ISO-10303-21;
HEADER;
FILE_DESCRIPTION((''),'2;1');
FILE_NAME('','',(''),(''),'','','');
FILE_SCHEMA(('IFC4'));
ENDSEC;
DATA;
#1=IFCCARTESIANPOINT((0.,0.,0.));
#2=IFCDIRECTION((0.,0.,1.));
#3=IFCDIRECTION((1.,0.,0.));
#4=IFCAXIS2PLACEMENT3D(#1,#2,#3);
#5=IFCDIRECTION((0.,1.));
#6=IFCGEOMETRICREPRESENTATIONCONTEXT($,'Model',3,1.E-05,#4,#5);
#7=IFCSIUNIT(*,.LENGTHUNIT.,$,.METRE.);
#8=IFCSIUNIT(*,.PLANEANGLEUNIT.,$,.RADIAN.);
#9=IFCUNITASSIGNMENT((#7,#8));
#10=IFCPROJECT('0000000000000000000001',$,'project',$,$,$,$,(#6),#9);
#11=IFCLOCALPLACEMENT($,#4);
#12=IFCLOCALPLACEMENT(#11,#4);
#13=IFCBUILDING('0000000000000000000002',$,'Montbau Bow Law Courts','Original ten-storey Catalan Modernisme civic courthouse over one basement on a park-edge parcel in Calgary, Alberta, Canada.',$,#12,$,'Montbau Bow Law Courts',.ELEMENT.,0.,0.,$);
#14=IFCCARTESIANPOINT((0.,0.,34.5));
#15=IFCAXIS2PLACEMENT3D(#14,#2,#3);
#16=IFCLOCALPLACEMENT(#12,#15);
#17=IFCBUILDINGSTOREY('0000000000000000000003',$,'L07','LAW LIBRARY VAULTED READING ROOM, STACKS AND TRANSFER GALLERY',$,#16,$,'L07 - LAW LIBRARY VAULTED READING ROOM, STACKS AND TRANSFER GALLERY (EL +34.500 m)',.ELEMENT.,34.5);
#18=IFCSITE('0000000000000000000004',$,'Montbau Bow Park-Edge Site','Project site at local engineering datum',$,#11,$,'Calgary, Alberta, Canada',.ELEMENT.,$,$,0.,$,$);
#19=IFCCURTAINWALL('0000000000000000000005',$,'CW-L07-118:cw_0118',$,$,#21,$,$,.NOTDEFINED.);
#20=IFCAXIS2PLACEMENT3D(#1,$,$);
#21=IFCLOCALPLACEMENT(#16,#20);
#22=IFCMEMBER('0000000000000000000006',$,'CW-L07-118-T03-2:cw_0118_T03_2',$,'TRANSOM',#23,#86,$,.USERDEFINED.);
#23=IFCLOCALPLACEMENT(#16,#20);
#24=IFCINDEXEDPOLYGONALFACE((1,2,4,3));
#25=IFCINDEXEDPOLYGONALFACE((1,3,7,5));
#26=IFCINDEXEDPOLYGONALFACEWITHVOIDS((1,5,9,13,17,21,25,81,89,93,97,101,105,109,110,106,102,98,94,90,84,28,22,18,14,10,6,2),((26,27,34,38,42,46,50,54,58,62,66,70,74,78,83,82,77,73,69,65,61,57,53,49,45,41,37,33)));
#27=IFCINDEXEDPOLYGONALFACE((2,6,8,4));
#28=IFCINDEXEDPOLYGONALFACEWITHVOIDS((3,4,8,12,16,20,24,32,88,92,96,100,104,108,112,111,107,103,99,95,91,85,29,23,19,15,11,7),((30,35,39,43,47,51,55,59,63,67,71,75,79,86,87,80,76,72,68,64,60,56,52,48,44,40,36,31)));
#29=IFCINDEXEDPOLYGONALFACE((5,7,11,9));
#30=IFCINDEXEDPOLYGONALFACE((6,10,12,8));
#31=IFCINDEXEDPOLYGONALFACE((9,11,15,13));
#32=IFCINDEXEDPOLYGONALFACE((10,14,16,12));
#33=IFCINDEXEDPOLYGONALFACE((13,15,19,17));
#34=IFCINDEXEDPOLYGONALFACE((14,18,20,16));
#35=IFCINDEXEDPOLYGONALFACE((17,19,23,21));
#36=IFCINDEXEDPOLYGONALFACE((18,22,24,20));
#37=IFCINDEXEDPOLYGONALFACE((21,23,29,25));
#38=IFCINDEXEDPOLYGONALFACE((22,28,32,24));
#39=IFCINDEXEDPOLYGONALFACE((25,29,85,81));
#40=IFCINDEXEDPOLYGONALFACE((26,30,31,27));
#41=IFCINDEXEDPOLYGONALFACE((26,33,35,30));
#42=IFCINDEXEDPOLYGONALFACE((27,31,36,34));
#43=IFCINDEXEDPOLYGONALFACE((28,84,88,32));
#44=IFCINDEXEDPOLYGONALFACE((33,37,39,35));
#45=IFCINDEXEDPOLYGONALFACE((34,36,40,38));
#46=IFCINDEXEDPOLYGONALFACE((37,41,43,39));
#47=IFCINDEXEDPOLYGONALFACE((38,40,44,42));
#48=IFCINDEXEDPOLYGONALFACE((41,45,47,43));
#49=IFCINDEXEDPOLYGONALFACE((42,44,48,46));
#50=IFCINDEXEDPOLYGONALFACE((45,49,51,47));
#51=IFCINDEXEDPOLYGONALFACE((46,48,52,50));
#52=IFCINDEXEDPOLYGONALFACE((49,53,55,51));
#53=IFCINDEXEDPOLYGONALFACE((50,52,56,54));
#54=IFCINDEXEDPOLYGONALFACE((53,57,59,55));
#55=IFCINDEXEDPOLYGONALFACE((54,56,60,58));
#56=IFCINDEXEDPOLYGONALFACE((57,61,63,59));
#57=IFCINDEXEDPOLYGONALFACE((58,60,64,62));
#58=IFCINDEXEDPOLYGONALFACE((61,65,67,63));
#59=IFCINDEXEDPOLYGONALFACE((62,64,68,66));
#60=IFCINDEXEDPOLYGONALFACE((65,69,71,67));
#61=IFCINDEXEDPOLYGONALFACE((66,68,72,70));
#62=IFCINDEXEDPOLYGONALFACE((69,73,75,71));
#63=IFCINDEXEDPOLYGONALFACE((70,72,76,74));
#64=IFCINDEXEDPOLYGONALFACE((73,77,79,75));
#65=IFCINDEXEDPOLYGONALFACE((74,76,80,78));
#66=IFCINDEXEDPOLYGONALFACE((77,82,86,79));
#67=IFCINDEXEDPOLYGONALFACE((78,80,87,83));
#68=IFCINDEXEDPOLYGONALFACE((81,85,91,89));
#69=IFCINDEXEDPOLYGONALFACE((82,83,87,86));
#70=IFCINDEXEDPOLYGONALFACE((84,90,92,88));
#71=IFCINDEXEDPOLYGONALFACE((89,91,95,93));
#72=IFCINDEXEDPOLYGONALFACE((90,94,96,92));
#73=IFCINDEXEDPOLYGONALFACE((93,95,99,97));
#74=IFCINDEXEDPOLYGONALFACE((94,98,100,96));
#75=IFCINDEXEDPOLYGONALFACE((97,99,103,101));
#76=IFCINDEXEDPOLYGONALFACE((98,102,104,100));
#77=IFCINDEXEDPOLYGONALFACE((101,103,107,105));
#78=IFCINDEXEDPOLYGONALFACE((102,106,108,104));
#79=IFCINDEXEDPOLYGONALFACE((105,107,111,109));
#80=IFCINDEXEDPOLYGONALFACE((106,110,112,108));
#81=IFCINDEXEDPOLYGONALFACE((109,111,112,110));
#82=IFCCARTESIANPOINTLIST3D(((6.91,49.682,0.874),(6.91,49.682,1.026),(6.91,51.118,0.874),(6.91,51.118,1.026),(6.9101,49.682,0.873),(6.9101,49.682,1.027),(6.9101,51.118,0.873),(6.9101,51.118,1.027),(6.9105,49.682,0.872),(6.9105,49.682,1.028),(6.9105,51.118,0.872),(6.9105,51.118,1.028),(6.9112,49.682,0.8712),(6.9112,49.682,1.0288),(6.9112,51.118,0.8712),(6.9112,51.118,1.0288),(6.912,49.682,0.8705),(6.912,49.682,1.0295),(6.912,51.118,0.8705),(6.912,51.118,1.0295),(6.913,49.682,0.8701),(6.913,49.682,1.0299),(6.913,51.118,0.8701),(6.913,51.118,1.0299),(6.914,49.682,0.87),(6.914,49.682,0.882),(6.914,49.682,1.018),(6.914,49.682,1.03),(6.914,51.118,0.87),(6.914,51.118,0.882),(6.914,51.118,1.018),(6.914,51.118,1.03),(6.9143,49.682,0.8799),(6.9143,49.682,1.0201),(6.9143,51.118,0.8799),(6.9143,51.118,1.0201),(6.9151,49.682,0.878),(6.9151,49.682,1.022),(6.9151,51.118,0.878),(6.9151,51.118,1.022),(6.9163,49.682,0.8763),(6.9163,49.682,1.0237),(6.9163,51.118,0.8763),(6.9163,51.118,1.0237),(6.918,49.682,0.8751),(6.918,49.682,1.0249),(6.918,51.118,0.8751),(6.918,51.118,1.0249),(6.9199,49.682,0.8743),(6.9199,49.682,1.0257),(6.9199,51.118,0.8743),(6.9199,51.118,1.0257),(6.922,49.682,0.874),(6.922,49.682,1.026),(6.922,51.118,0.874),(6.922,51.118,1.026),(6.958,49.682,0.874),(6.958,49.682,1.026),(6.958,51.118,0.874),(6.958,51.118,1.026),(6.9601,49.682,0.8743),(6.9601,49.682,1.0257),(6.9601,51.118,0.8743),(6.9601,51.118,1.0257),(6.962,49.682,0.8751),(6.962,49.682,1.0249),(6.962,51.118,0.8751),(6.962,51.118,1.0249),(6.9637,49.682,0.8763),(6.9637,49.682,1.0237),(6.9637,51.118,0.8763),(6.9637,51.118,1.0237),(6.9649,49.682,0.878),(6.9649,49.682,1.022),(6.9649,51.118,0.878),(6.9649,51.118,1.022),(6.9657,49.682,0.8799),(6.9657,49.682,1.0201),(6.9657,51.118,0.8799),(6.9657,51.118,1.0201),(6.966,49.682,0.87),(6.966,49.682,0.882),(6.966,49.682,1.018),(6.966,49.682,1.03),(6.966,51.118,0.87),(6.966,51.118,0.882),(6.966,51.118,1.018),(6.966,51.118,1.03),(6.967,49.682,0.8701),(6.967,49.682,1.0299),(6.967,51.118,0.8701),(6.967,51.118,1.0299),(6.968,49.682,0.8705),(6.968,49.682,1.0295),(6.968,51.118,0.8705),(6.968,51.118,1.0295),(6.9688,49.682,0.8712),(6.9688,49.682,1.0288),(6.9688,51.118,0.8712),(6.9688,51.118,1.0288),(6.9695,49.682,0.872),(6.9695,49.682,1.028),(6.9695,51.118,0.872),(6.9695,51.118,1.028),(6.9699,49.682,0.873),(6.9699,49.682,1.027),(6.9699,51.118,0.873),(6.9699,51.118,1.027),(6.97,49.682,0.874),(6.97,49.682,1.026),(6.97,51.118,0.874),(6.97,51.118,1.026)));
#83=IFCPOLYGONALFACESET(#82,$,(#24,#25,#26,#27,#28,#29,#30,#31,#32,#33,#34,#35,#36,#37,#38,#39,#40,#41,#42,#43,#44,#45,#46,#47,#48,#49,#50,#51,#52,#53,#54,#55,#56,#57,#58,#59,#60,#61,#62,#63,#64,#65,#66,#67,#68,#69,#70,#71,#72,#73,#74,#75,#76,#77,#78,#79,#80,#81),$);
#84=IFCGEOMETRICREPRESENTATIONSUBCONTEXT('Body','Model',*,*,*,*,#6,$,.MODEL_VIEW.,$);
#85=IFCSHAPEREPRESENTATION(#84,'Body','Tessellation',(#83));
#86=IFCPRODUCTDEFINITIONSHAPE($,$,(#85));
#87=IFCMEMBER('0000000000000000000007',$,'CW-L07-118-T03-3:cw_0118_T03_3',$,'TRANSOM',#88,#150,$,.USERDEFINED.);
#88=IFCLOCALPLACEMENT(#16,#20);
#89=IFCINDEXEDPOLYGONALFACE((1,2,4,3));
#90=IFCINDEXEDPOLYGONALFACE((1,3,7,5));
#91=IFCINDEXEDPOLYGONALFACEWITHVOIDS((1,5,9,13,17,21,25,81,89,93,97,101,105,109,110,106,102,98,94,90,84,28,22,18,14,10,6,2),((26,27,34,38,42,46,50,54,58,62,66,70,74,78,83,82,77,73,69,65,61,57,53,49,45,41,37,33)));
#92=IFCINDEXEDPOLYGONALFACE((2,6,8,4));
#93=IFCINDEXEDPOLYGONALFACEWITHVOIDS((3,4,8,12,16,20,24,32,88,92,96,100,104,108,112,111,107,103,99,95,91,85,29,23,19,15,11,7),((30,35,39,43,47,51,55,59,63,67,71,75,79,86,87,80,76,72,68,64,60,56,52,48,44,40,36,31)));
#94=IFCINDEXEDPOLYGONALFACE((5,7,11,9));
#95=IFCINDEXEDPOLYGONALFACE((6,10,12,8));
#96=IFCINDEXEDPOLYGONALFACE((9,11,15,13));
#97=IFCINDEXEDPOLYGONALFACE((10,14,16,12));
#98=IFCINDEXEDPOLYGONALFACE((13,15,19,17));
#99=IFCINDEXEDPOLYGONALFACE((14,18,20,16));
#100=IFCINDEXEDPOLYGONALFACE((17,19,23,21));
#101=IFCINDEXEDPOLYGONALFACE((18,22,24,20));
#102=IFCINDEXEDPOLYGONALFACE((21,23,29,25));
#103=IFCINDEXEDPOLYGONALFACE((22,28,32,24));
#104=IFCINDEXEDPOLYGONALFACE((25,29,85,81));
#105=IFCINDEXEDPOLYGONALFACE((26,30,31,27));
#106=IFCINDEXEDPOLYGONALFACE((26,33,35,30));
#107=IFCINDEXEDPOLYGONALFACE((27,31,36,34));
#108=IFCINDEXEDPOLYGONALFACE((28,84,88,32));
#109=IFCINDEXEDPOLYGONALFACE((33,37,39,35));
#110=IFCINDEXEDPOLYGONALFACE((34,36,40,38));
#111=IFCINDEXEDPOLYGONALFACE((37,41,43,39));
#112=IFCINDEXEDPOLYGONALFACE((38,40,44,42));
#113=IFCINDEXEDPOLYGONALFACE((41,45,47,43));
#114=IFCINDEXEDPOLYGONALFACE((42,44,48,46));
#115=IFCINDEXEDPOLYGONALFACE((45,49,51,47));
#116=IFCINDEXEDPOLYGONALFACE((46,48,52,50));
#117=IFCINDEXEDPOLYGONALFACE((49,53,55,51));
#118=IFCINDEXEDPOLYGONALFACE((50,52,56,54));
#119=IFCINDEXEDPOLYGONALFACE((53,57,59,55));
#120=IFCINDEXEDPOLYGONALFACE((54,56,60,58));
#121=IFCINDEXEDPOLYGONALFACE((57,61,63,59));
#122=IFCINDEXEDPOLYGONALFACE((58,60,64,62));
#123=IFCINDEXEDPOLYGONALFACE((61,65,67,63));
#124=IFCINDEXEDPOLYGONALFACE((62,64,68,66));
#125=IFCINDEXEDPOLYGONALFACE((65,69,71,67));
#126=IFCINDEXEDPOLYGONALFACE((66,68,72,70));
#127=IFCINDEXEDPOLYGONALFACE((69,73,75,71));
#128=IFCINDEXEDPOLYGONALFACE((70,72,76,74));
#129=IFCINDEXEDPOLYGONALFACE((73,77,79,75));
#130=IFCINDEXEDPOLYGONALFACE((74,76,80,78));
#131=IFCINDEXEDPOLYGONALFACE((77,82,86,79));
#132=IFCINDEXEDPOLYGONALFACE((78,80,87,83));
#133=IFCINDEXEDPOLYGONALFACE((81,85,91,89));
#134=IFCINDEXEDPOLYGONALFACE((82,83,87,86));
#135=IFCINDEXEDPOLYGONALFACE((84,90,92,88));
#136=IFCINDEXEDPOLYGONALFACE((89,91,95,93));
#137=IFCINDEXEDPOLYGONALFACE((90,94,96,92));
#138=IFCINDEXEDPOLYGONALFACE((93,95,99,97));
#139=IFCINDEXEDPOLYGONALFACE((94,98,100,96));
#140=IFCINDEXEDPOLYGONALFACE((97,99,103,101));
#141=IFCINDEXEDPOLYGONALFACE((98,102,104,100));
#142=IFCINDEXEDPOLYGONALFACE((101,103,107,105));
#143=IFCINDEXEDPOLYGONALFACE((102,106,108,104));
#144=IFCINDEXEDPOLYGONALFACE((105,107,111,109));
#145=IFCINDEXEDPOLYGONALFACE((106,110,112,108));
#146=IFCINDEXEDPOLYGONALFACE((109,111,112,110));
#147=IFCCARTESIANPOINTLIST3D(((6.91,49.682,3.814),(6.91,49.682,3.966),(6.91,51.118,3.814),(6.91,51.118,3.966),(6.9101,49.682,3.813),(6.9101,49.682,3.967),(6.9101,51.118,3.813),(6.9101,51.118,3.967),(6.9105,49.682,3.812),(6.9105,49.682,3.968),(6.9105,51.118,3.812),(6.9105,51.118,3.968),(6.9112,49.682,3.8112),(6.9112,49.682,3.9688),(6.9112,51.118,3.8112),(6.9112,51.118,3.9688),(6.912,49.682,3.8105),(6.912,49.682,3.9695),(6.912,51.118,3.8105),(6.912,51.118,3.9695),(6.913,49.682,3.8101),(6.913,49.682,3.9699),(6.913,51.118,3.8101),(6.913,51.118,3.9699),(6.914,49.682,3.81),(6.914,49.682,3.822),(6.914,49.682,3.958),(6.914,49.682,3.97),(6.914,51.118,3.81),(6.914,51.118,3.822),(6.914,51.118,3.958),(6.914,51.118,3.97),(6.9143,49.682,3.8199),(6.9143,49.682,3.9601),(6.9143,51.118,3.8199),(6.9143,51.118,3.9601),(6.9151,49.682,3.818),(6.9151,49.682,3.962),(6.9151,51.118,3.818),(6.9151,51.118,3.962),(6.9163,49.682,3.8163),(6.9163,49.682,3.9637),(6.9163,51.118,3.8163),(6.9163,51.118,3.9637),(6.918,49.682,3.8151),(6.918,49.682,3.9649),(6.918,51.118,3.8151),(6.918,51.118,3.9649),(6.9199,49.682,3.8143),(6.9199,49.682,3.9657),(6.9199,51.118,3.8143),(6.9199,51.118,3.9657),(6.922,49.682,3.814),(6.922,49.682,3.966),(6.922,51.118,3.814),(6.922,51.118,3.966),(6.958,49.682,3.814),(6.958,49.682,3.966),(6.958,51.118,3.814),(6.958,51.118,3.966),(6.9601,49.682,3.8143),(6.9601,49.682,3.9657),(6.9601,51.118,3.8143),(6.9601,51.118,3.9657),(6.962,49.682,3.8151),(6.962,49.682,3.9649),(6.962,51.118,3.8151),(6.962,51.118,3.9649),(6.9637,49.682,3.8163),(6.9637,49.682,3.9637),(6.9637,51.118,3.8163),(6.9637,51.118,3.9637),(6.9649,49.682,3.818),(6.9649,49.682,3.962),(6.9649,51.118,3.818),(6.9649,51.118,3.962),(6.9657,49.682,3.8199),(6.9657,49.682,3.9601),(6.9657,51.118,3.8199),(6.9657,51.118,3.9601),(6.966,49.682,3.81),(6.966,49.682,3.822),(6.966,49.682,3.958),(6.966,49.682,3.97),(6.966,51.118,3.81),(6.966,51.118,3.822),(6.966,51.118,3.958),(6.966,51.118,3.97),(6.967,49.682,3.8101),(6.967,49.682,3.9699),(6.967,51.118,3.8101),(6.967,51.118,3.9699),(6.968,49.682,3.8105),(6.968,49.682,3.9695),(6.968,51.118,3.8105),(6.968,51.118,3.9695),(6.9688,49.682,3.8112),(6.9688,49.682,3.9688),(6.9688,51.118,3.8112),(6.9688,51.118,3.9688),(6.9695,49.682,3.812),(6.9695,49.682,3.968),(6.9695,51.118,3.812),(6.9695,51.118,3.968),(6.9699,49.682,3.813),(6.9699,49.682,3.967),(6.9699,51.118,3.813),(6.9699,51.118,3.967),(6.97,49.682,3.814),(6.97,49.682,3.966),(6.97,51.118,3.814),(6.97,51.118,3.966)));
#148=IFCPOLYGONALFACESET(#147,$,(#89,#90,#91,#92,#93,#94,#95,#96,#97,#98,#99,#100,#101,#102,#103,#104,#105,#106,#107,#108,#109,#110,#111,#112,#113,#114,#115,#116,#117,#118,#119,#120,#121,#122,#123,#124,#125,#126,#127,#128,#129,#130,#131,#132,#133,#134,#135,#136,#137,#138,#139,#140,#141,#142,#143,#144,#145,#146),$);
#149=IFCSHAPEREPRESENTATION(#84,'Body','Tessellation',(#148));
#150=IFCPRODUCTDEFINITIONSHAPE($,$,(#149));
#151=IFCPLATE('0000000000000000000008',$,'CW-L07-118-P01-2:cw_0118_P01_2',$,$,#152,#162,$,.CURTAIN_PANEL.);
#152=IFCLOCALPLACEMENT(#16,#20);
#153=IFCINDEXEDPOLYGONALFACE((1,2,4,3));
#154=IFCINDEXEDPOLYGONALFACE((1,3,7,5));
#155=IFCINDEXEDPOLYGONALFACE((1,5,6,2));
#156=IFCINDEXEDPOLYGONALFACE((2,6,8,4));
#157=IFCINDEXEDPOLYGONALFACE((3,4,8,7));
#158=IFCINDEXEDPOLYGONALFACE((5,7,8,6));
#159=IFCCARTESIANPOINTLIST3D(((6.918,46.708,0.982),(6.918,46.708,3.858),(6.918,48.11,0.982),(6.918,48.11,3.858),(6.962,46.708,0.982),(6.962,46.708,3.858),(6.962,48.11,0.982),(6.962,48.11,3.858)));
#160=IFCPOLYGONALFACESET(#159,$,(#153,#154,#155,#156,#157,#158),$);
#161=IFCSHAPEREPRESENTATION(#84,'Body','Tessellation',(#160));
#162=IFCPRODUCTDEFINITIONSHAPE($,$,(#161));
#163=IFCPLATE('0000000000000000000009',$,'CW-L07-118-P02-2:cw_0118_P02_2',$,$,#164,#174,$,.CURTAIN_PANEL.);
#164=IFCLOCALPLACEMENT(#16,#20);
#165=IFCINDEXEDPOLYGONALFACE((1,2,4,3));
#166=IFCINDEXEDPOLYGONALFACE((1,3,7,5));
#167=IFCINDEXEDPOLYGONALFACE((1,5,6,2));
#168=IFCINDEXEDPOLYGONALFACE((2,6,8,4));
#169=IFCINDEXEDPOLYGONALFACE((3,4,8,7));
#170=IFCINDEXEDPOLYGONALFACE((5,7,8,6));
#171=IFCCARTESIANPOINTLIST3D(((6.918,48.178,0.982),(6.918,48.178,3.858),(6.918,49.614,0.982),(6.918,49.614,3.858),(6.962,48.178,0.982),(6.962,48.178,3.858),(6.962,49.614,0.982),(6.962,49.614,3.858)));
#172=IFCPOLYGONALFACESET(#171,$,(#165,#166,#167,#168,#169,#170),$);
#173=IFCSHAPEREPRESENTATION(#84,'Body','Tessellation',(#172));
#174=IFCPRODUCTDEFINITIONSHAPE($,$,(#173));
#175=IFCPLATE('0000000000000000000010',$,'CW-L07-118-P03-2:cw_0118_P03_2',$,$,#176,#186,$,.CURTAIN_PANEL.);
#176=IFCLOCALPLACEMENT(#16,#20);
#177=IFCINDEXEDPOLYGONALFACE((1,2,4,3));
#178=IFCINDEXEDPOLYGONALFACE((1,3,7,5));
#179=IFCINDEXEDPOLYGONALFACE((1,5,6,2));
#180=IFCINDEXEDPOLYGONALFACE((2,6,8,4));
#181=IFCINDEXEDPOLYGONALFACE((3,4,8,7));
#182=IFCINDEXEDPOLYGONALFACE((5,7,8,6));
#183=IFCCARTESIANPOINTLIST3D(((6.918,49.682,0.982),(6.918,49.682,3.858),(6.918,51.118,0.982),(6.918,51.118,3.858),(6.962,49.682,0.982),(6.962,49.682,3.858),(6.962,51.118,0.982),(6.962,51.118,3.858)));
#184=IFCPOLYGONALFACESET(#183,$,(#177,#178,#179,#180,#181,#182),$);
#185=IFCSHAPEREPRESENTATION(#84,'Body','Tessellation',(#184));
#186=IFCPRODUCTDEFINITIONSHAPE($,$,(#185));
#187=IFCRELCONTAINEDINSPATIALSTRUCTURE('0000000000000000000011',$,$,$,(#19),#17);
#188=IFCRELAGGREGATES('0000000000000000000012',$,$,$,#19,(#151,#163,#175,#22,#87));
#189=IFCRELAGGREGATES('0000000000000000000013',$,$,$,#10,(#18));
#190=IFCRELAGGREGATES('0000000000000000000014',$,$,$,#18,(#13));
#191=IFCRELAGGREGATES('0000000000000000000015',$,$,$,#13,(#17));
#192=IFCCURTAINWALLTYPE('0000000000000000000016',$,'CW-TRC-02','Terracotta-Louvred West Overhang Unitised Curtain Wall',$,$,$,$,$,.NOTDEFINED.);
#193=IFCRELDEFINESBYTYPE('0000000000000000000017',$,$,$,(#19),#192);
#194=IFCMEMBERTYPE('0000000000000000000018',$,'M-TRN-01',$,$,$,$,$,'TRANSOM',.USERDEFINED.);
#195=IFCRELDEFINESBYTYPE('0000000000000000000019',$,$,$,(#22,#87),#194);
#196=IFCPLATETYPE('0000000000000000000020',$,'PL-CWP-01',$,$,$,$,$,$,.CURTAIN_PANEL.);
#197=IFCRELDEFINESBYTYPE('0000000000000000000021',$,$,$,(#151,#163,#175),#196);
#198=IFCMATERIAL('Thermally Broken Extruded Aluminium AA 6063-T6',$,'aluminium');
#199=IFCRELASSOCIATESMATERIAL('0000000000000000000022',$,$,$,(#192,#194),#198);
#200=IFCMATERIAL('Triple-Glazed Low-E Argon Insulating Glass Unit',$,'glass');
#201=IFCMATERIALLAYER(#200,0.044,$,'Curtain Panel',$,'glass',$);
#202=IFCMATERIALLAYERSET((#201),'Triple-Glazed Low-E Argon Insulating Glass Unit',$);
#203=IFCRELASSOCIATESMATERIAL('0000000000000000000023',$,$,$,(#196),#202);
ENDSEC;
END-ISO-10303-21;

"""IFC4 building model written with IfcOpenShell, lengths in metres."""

from ifc_helpers import new_model, si_unit, direction, frame, frame_2d, origin_with_axes, origin_2d_with_axis, place, context, subcontext, project, spatial, rectangle, hollow_rectangle, extrude, material, layer, layer_set, material_profile, profile_set, type_object, element, aggregate, save


model = new_model("IFC4")

# Units and contexts
model_context = context("Model", 3, precision=1e-05, world=origin_with_axes(), true_north=direction((0.0, 1.0)))
body_context = subcontext(model_context, "Body", "Model", "MODEL_VIEW")
ifc_project = project(units=[si_unit("LENGTHUNIT", "METRE"), si_unit("PLANEANGLEUNIT", "RADIAN")], contexts=[model_context])

# Site, building, storey
site_placement = place(None, origin_with_axes())
site = spatial("IfcSite", under=ifc_project, at=site_placement, Name="Montbau Bow Park-Edge Site", Description="Project site at local engineering datum", LongName="Calgary, Alberta, Canada", CompositionType="ELEMENT", RefElevation=0.0)
building_placement = place(site_placement, origin_with_axes())
building = spatial("IfcBuilding", under=site, at=building_placement, Name="Montbau Bow Law Courts", Description="Original ten-storey Catalan Modernisme civic courthouse over one basement on a park-edge parcel in Calgary, Alberta, Canada.", LongName="Montbau Bow Law Courts", CompositionType="ELEMENT", ElevationOfRefHeight=0.0, ElevationOfTerrain=0.0)
storey_placement = place(building_placement, frame((0.0, 0.0, 34.5), z_axis=(0.0, 0.0, 1.0), x_axis=(1.0, 0.0, 0.0)))
storey = spatial("IfcBuildingStorey", under=building, at=storey_placement, Name="L07", Description="LAW LIBRARY VAULTED READING ROOM, STACKS AND TRANSFER GALLERY", LongName="L07 - LAW LIBRARY VAULTED READING ROOM, STACKS AND TRANSFER GALLERY (EL +34.500 m)", CompositionType="ELEMENT", Elevation=34.5)

# Curtain wall, members, plates
ifc_material_1 = material(Name="Thermally Broken Extruded Aluminium AA 6063-T6", Category="aluminium")
curtain_wall_type = type_object("IfcCurtainWallType", Name="CW-TRC-02", Description="Terracotta-Louvred West Overhang Unitised Curtain Wall", PredefinedType="NOTDEFINED", material=ifc_material_1)
curtain_wall_placement = place(None, frame((6.94, 46.64, 34.5), z_axis=(0.0, 0.0, 1.0), x_axis=(1.0, 0.0, 0.0)))
curtain_wall = element("IfcCurtainWall", 1, at=curtain_wall_placement, inside=storey, type_object=curtain_wall_type, Name="CW-L07-118:cw_0118", PredefinedType="NOTDEFINED")
ifc_material_profile_1 = material_profile(ifc_material_1, hollow_rectangle(XDim=0.06, YDim=0.16, WallThickness=0.004, InnerFilletRadius=0.008, OuterFilletRadius=0.004, at=origin_2d_with_axis()), Name="CWT-160X60", Category="Main", Priority=0)
ifc_profile_set_1 = profile_set([ifc_material_profile_1], Name="Thermally Broken Extruded Aluminium AA 6063-T6")
member_type_1 = type_object("IfcMemberType", Name="M-TRN-01", ElementType="TRANSOM", PredefinedType="USERDEFINED", material=ifc_profile_set_1)
member_1_placement = place(None, frame((6.94, 49.682, 35.45), z_axis=(0.0, 1.0, 0.0), x_axis=(-1.0, 0.0, 0.0)))
member_1 = element("IfcMember", 2, at=member_1_placement, type_object=member_type_1, Name="CW-L07-118-T03-2:cw_0118_T03_2", ObjectType="TRANSOM", PredefinedType="USERDEFINED", context=body_context, shape_type="SweptSolid", body=[
    extrude(hollow_rectangle(XDim=0.06, YDim=0.16, WallThickness=0.004, InnerFilletRadius=0.008, OuterFilletRadius=0.004, at=origin_2d_with_axis()), origin_with_axes(), (0.0, 0.0, 1.0), 1.436),
])
member_2_placement = place(None, frame((6.94, 49.682, 38.39), z_axis=(0.0, 1.0, 0.0), x_axis=(-1.0, 0.0, 0.0)))
member_2 = element("IfcMember", 3, at=member_2_placement, type_object=member_type_1, Name="CW-L07-118-T03-3:cw_0118_T03_3", ObjectType="TRANSOM", PredefinedType="USERDEFINED", context=body_context, shape_type="SweptSolid", body=[
    extrude(hollow_rectangle(XDim=0.06, YDim=0.16, WallThickness=0.004, InnerFilletRadius=0.008, OuterFilletRadius=0.004, at=origin_2d_with_axis()), origin_with_axes(), (0.0, 0.0, 1.0), 1.436),
])
ifc_material_2 = material(Name="Triple-Glazed Low-E Argon Insulating Glass Unit", Category="glass")
ifc_layer_1 = layer(ifc_material_2, 0.044, Name="Curtain Panel", Category="glass")
ifc_layer_set_1 = layer_set([ifc_layer_1], Name="Triple-Glazed Low-E Argon Insulating Glass Unit")
plate_type_1 = type_object("IfcPlateType", Name="PL-CWP-01", PredefinedType="CURTAIN_PANEL", material=ifc_layer_set_1)
plate_1_placement = place(None, frame((6.94, 46.708, 35.482), z_axis=(1.0, 0.0, 0.0), x_axis=(0.0, 1.0, 0.0)))
plate_1 = element("IfcPlate", 4, at=plate_1_placement, type_object=plate_type_1, Name="CW-L07-118-P01-2:cw_0118_P01_2", PredefinedType="CURTAIN_PANEL", context=body_context, shape_type="SweptSolid", body=[
    extrude(rectangle(XDim=1.402, YDim=2.876, at=frame_2d((0.701, 1.438), x_axis=(1.0, 0.0))), frame((0.0, 0.0, -0.022), z_axis=(0.0, 0.0, 1.0), x_axis=(1.0, 0.0, 0.0)), (0.0, 0.0, 1.0), 0.044),
])
plate_2_placement = place(None, frame((6.94, 48.178, 35.482), z_axis=(1.0, 0.0, 0.0), x_axis=(0.0, 1.0, 0.0)))
plate_2 = element("IfcPlate", 5, at=plate_2_placement, type_object=plate_type_1, Name="CW-L07-118-P02-2:cw_0118_P02_2", PredefinedType="CURTAIN_PANEL", context=body_context, shape_type="SweptSolid", body=[
    extrude(rectangle(XDim=1.436, YDim=2.876, at=frame_2d((0.718, 1.438), x_axis=(1.0, 0.0))), frame((0.0, 0.0, -0.022), z_axis=(0.0, 0.0, 1.0), x_axis=(1.0, 0.0, 0.0)), (0.0, 0.0, 1.0), 0.044),
])
plate_3_placement = place(None, frame((6.94, 49.682, 35.482), z_axis=(1.0, 0.0, 0.0), x_axis=(0.0, 1.0, 0.0)))
plate_3 = element("IfcPlate", 6, at=plate_3_placement, type_object=plate_type_1, Name="CW-L07-118-P03-2:cw_0118_P03_2", PredefinedType="CURTAIN_PANEL", context=body_context, shape_type="SweptSolid", body=[
    extrude(rectangle(XDim=1.436, YDim=2.876, at=frame_2d((0.718, 1.438), x_axis=(1.0, 0.0))), frame((0.0, 0.0, -0.022), z_axis=(0.0, 0.0, 1.0), x_axis=(1.0, 0.0, 0.0)), (0.0, 0.0, 1.0), 0.044),
])
aggregate(curtain_wall, [plate_1, plate_2, plate_3, member_1, member_2])

save(model, "model.ifc")
